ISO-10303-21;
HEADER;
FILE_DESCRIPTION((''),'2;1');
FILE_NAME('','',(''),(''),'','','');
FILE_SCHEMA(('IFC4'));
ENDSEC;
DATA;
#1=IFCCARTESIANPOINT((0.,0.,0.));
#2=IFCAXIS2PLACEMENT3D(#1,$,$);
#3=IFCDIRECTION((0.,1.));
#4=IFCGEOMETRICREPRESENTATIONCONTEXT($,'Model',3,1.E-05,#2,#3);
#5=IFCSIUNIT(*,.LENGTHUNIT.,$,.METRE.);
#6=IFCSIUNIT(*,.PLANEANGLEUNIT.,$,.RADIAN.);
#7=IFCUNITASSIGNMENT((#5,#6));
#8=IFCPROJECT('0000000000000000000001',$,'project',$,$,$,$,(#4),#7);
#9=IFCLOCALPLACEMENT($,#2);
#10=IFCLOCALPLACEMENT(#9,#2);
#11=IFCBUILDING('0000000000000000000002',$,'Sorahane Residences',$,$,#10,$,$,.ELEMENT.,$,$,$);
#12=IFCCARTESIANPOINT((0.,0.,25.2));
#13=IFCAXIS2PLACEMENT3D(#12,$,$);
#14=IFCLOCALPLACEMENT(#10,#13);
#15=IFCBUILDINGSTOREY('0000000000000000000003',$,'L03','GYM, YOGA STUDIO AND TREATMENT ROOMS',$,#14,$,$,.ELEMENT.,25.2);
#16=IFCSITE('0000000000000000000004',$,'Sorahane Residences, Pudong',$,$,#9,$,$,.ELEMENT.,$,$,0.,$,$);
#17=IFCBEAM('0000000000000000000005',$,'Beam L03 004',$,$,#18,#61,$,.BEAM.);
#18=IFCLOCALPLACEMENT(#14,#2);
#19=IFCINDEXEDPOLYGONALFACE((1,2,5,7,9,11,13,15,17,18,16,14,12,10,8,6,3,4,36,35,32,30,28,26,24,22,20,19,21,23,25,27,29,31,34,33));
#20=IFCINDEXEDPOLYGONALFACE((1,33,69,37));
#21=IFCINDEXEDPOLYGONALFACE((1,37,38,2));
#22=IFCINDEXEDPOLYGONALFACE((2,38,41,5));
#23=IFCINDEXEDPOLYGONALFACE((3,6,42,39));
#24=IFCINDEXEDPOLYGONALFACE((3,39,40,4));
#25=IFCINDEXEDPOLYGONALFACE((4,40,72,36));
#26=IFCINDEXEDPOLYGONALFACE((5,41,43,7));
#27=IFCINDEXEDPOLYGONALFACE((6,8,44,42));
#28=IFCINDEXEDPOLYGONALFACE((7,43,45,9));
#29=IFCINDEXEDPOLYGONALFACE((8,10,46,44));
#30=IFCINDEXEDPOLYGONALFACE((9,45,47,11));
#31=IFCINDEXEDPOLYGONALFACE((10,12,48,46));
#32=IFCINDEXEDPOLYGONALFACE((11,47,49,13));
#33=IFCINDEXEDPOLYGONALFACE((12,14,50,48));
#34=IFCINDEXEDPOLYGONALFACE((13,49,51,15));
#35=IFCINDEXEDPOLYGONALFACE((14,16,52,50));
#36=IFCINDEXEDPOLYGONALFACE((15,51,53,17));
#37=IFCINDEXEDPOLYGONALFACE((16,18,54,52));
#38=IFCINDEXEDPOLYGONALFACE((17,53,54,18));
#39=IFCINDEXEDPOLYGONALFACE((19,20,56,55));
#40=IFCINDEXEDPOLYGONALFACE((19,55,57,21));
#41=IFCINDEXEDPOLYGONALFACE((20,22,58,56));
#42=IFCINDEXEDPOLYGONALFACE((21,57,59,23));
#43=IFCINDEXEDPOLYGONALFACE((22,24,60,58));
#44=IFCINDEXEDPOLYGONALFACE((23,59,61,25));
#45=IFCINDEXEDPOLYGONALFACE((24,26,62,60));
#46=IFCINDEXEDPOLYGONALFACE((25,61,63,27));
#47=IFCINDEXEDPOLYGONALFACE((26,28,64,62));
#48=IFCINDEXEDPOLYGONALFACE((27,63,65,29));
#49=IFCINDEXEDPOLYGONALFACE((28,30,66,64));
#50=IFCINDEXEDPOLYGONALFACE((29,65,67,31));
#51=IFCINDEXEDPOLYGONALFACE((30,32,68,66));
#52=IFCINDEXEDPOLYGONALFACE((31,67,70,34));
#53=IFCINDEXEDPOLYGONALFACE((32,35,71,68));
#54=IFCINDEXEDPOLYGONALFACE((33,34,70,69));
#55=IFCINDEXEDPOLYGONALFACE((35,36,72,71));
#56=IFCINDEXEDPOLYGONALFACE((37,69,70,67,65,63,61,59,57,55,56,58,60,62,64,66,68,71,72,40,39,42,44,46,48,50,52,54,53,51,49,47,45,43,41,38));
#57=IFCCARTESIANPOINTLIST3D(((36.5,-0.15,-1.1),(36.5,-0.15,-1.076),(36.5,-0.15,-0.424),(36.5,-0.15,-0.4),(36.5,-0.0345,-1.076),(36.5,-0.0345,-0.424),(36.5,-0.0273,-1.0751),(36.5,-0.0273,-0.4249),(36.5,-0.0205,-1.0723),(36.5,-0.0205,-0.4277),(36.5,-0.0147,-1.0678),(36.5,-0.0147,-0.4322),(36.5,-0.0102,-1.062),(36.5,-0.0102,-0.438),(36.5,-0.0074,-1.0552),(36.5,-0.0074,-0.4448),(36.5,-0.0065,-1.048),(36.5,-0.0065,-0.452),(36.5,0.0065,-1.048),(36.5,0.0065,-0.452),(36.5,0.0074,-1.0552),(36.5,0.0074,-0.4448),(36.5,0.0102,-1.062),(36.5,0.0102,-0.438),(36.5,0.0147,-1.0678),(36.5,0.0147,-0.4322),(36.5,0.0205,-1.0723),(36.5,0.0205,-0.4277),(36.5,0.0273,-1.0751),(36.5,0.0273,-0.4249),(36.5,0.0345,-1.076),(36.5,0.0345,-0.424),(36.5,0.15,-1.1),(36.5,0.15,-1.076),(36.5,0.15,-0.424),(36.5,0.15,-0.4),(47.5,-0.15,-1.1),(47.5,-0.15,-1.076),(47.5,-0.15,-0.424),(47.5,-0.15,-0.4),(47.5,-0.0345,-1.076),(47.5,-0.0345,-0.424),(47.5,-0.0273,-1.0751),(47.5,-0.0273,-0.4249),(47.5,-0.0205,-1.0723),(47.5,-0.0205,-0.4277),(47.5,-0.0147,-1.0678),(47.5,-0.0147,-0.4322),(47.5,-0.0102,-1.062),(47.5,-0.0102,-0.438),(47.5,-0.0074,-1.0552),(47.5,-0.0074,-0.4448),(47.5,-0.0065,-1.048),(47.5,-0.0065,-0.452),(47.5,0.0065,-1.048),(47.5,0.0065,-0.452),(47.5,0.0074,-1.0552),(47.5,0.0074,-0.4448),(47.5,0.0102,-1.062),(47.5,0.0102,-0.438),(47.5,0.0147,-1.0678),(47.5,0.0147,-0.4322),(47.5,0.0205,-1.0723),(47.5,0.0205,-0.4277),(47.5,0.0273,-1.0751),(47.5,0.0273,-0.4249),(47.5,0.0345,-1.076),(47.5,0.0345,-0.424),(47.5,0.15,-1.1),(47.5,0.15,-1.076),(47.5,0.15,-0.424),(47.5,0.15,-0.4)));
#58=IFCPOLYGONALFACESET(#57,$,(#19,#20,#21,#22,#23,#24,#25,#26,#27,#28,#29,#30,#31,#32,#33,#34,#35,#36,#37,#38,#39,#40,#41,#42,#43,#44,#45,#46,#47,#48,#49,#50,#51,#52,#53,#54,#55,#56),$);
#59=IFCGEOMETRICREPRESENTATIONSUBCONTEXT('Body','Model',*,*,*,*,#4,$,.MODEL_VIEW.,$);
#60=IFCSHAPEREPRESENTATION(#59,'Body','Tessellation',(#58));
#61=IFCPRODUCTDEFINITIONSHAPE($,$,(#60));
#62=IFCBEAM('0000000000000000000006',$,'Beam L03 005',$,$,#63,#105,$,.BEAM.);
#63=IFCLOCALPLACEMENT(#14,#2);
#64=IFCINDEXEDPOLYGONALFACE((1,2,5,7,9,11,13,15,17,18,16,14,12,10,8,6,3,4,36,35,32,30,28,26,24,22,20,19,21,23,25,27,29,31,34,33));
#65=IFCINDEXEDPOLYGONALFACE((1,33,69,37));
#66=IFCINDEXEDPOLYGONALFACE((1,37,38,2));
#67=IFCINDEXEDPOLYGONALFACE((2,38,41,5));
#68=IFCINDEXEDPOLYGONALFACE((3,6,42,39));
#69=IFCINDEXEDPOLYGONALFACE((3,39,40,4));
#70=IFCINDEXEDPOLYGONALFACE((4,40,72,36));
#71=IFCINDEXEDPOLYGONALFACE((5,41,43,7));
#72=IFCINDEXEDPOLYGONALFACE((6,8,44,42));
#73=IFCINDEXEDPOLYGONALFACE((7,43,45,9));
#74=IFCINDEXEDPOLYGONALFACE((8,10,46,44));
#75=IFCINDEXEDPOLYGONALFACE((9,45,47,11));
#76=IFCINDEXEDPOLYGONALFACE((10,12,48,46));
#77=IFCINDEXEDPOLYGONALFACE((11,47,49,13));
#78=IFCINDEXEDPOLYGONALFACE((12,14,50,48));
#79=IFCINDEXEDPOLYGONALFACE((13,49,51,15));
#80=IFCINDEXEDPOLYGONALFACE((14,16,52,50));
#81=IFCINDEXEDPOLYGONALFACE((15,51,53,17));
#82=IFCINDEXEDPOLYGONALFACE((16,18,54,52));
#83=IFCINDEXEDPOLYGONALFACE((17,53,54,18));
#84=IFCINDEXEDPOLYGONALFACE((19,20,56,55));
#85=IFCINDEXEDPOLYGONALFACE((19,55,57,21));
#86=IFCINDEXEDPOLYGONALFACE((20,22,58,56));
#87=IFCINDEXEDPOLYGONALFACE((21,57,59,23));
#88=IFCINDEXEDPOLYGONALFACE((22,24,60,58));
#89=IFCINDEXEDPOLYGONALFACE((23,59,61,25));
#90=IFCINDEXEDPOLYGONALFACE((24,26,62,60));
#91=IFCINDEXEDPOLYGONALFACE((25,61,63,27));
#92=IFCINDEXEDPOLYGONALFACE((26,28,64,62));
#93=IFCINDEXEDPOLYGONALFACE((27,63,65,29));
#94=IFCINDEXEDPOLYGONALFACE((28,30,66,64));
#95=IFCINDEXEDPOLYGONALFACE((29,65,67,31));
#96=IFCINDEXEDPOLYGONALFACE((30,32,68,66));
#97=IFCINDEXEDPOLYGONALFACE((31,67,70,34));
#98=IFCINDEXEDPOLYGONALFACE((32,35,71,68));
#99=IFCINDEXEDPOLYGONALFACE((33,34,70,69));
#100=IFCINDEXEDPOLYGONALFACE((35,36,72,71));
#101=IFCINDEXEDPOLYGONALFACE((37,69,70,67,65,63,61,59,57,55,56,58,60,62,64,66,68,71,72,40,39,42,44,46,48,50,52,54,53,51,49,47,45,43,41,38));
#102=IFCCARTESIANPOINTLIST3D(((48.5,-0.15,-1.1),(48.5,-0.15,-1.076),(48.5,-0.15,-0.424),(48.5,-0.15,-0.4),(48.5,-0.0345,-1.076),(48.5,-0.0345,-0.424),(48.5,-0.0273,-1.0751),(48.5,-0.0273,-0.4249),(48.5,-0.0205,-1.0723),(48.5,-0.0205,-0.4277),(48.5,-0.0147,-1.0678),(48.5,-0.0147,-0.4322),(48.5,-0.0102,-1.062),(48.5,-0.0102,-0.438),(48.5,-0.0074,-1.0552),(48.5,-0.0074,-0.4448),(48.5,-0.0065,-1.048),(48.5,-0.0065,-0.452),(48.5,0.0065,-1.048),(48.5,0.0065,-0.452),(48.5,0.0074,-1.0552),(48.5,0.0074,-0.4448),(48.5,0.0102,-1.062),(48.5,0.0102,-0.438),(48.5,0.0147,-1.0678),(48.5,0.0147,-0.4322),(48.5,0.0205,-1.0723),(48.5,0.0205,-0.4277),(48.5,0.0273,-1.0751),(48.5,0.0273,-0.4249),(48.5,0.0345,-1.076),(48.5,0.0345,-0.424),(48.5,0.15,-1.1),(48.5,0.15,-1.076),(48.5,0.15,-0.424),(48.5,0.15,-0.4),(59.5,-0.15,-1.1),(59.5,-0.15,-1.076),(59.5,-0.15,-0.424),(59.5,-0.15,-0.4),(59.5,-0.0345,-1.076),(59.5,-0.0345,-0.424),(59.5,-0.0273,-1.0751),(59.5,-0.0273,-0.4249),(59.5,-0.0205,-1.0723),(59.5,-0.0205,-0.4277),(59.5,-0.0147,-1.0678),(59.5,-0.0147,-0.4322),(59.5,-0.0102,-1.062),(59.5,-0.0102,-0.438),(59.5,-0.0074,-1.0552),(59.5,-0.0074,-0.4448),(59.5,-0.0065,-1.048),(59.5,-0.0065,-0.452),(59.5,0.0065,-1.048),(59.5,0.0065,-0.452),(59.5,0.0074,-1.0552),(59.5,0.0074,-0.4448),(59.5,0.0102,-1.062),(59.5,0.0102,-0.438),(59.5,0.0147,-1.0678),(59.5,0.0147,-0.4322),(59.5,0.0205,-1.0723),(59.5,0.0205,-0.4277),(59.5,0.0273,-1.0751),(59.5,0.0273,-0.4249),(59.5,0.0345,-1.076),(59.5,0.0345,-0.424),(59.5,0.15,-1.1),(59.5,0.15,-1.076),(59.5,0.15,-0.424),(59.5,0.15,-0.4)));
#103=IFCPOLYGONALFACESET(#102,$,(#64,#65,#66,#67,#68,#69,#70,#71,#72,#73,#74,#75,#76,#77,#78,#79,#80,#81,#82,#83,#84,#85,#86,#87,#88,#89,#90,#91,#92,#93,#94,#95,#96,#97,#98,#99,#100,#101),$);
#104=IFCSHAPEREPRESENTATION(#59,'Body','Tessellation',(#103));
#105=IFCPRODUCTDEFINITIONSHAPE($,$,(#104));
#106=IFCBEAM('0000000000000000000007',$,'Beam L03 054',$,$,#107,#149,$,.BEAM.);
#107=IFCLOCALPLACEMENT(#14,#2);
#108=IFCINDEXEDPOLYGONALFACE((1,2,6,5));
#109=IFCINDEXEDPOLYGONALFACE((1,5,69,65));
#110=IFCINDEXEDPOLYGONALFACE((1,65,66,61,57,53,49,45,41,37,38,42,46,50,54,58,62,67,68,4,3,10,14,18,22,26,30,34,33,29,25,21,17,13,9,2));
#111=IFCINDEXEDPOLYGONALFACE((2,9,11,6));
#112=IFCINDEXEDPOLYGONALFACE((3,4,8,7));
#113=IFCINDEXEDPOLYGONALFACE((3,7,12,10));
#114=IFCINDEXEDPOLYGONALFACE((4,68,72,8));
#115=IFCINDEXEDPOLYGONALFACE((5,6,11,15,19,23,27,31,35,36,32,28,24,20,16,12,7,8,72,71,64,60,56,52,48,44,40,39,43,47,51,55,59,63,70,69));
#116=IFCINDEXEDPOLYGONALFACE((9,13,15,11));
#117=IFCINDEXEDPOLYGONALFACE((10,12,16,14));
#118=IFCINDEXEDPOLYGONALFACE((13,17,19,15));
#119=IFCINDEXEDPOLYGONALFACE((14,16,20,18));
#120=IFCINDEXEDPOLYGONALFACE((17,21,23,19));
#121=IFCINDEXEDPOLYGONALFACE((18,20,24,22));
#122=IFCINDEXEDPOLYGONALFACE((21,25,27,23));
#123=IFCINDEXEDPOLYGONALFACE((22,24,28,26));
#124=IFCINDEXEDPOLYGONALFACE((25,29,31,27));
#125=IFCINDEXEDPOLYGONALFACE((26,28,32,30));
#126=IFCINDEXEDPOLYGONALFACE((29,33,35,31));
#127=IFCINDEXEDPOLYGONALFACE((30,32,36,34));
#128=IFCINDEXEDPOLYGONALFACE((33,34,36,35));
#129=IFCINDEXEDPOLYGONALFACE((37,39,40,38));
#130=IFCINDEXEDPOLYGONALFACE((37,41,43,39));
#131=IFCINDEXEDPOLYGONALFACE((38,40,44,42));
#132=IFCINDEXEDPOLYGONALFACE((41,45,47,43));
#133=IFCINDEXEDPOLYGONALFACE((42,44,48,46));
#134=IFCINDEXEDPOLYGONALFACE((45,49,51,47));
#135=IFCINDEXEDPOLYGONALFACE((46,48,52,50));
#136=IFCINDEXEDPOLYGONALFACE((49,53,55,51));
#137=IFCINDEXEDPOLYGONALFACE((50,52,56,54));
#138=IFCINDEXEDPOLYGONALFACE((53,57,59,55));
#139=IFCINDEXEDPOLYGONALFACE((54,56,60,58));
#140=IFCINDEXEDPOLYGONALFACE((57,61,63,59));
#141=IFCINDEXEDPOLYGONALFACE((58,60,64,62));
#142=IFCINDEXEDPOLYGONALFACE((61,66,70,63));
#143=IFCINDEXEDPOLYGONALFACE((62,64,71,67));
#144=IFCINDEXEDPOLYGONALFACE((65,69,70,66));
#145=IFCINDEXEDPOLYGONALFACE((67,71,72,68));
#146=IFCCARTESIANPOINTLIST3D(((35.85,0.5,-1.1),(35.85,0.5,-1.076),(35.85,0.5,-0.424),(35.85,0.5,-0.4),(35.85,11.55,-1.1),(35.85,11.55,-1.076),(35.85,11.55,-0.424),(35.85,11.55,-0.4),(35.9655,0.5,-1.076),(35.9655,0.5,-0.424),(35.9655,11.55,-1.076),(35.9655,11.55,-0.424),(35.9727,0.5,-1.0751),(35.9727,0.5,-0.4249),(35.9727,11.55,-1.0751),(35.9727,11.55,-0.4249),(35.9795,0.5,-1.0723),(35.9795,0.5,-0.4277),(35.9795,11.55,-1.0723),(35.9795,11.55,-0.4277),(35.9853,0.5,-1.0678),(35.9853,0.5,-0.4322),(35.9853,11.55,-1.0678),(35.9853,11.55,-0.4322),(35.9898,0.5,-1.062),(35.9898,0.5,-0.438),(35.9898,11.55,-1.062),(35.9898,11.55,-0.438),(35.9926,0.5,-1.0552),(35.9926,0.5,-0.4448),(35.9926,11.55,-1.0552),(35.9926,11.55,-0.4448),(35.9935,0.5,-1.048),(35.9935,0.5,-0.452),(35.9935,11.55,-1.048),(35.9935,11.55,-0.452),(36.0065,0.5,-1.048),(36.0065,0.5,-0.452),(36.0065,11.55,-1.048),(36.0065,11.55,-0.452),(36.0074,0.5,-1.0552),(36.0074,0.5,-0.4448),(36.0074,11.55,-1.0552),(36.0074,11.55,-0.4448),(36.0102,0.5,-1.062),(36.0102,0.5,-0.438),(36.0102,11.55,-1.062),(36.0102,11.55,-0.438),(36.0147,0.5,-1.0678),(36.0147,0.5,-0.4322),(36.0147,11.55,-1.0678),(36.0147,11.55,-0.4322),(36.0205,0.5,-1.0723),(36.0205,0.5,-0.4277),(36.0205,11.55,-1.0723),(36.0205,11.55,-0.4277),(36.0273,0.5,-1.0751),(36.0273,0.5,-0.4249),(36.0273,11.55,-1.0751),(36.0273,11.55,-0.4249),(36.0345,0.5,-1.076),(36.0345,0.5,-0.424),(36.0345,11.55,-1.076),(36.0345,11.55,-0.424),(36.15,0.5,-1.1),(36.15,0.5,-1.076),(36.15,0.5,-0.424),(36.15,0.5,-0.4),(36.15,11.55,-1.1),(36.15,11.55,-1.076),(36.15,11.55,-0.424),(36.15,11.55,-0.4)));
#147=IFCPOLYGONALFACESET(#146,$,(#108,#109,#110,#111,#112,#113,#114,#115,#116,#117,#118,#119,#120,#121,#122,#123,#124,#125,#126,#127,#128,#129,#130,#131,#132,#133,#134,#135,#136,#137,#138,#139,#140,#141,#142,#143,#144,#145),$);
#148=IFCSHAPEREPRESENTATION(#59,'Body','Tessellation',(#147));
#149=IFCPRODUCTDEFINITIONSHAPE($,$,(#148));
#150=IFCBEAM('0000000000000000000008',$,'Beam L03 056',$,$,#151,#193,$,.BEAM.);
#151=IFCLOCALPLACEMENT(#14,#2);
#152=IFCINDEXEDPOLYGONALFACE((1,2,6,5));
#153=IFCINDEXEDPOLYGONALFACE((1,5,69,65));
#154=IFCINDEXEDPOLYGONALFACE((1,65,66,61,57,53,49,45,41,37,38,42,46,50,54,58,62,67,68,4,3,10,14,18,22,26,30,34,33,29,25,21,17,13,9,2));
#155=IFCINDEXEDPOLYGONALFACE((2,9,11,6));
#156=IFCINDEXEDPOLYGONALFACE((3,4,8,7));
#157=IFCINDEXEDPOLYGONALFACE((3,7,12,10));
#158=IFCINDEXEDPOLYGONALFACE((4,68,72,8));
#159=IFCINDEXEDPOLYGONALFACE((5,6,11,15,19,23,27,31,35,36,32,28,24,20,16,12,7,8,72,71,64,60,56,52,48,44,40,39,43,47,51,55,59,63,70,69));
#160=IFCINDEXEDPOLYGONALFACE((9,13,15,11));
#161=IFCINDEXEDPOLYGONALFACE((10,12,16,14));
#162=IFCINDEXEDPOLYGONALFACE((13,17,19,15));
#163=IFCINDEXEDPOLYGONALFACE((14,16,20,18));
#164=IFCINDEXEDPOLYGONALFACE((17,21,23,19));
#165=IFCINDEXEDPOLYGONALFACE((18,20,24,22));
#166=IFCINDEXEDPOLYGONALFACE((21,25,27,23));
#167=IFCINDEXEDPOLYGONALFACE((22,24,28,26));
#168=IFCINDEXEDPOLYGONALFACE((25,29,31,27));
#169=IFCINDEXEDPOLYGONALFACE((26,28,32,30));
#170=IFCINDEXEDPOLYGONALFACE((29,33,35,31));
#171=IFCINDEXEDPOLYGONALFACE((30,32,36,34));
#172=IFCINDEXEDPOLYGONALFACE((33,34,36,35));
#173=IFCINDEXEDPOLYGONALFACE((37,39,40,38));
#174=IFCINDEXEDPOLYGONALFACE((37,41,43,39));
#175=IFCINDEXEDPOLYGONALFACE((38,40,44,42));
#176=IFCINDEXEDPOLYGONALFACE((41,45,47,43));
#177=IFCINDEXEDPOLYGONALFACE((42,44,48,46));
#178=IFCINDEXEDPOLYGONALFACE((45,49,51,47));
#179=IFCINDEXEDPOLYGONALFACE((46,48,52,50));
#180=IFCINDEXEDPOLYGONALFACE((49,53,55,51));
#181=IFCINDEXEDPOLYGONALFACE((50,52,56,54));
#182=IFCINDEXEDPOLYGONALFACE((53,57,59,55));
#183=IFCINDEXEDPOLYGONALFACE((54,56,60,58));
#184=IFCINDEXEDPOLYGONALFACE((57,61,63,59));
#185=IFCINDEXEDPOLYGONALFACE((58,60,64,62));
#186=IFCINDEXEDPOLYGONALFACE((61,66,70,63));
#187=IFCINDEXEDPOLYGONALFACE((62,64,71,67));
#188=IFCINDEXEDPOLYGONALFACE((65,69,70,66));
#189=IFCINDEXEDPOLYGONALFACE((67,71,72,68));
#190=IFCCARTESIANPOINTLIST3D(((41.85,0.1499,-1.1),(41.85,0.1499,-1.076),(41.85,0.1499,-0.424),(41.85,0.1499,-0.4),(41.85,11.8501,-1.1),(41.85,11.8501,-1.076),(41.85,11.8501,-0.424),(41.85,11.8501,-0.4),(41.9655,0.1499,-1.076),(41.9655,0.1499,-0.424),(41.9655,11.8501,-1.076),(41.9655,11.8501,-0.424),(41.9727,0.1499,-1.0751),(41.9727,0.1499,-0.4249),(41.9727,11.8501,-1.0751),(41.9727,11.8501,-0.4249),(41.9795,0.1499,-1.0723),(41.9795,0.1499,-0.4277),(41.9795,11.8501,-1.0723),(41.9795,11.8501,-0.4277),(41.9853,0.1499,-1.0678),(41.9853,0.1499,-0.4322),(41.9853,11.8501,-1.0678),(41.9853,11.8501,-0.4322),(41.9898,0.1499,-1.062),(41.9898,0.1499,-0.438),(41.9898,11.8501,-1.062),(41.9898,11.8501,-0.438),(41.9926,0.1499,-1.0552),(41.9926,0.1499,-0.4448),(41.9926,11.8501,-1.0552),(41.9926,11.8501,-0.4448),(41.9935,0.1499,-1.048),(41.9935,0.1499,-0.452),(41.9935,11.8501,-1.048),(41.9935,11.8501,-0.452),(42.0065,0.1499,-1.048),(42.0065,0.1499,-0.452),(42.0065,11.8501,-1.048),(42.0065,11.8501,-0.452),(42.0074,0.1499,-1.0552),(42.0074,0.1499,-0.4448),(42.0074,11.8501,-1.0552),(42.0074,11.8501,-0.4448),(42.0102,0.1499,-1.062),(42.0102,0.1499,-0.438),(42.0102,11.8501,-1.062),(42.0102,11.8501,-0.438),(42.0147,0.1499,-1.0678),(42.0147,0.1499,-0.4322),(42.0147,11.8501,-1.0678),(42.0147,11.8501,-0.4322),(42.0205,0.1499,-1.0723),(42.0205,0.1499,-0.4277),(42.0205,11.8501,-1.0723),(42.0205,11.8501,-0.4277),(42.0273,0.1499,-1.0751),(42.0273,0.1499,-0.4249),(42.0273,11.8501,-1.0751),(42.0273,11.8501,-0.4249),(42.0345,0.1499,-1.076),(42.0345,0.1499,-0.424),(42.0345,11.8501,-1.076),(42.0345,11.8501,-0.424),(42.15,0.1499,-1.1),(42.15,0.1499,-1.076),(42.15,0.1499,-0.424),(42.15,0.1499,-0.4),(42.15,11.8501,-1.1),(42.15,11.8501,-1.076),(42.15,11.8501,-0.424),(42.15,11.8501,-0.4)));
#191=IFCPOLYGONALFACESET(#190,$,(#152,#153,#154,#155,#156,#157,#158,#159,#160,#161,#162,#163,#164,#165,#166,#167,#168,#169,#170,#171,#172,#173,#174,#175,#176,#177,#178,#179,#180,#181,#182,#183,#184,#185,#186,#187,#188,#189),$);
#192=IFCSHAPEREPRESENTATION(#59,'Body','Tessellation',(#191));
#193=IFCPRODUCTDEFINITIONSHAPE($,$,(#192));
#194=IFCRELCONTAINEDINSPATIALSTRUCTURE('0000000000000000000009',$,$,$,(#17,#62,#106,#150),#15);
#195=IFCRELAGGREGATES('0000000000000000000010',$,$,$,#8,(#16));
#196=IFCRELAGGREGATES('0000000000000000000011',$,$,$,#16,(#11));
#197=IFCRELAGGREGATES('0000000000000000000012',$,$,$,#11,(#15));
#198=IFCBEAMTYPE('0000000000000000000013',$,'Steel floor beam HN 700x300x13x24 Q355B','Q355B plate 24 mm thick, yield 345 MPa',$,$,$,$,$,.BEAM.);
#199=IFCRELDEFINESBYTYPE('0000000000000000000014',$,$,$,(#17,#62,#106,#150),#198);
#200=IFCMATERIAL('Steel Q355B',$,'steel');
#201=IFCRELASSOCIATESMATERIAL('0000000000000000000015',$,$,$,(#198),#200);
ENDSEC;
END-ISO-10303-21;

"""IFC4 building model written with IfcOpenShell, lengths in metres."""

from ifc_helpers import new_model, si_unit, direction, frame, origin, origin_2d, place, context, subcontext, project, spatial, i_section, extrude, material, material_profile, profile_set, type_object, element, save


model = new_model("IFC4")

# Units and contexts
model_context = context("Model", 3, precision=1e-05, world=origin(), true_north=direction((0.0, 1.0)))
body_context = subcontext(model_context, "Body", "Model", "MODEL_VIEW")
ifc_project = project(units=[si_unit("LENGTHUNIT", "METRE"), si_unit("PLANEANGLEUNIT", "RADIAN")], contexts=[model_context])

# Site, building, storey
site_placement = place(None, origin())
site = spatial("IfcSite", under=ifc_project, at=site_placement, Name="Sorahane Residences, Pudong", CompositionType="ELEMENT", RefElevation=0.0)
building_placement = place(site_placement, origin())
building = spatial("IfcBuilding", under=site, at=building_placement, Name="Sorahane Residences", CompositionType="ELEMENT")
storey_placement = place(building_placement, frame((0.0, 0.0, 25.2)))
storey = spatial("IfcBuildingStorey", under=building, at=storey_placement, Name="L03", Description="GYM, YOGA STUDIO AND TREATMENT ROOMS", CompositionType="ELEMENT", Elevation=25.2)

# Beams
ifc_material_1 = material(Name="Steel Q355B", Category="steel")
ifc_material_profile_1 = material_profile(ifc_material_1, i_section(OverallWidth=0.3, OverallDepth=0.7, WebThickness=0.0129, FlangeThickness=0.0239, FilletRadius=0.0281, at=origin_2d()), Name="HN 700x300x13x24")
ifc_profile_set_1 = profile_set([ifc_material_profile_1], Name="Steel Q355B")
beam_type_1 = type_object("IfcBeamType", Name="Steel floor beam HN 700x300x13x24 Q355B", Description="Q355B plate 24 mm thick, yield 345 MPa", PredefinedType="BEAM", material=ifc_profile_set_1)
for number, where, z_axis, x_axis, name in (
    (1, (36.5, 0.0, -0.75), (1.0, 0.0, 0.0), (0.0, 1.0, 0.0), "Beam L03 004"),
    (2, (48.5, 0.0, -0.75), (1.0, 0.0, 0.0), (0.0, 1.0, 0.0), "Beam L03 005"),
):
    element("IfcBeam", number, at=place(storey_placement, frame(where, z_axis=z_axis, x_axis=x_axis)), inside=storey, type_object=beam_type_1, Name=name, PredefinedType="BEAM", context=body_context, shape_type="SweptSolid", body=[
        extrude(i_section(OverallWidth=0.3, OverallDepth=0.7, WebThickness=0.0129, FlangeThickness=0.0239, FilletRadius=0.0281, at=origin_2d()), origin(), (0.0, 0.0, 1.0), 11.0),
    ])
beam_1_placement = place(storey_placement, frame((36.0, 0.5, -0.75), z_axis=(0.0, 1.0, 0.0), x_axis=(-1.0, 0.0, 0.0)))
element("IfcBeam", 3, at=beam_1_placement, inside=storey, type_object=beam_type_1, Name="Beam L03 054", PredefinedType="BEAM", context=body_context, shape_type="SweptSolid", body=[
    extrude(i_section(OverallWidth=0.3, OverallDepth=0.7, WebThickness=0.0129, FlangeThickness=0.0239, FilletRadius=0.0281, at=origin_2d()), origin(), (0.0, 0.0, 1.0), 11.05),
])
beam_2_placement = place(storey_placement, frame((42.0, 0.1499, -0.75), z_axis=(0.0, 1.0, 0.0), x_axis=(-1.0, 0.0, 0.0)))
element("IfcBeam", 4, at=beam_2_placement, inside=storey, type_object=beam_type_1, Name="Beam L03 056", PredefinedType="BEAM", context=body_context, shape_type="SweptSolid", body=[
    extrude(i_section(OverallWidth=0.3, OverallDepth=0.7, WebThickness=0.0129, FlangeThickness=0.0239, FilletRadius=0.0281, at=origin_2d()), origin(), (0.0, 0.0, 1.0), 11.7002),
])

save(model, "model.ifc")
